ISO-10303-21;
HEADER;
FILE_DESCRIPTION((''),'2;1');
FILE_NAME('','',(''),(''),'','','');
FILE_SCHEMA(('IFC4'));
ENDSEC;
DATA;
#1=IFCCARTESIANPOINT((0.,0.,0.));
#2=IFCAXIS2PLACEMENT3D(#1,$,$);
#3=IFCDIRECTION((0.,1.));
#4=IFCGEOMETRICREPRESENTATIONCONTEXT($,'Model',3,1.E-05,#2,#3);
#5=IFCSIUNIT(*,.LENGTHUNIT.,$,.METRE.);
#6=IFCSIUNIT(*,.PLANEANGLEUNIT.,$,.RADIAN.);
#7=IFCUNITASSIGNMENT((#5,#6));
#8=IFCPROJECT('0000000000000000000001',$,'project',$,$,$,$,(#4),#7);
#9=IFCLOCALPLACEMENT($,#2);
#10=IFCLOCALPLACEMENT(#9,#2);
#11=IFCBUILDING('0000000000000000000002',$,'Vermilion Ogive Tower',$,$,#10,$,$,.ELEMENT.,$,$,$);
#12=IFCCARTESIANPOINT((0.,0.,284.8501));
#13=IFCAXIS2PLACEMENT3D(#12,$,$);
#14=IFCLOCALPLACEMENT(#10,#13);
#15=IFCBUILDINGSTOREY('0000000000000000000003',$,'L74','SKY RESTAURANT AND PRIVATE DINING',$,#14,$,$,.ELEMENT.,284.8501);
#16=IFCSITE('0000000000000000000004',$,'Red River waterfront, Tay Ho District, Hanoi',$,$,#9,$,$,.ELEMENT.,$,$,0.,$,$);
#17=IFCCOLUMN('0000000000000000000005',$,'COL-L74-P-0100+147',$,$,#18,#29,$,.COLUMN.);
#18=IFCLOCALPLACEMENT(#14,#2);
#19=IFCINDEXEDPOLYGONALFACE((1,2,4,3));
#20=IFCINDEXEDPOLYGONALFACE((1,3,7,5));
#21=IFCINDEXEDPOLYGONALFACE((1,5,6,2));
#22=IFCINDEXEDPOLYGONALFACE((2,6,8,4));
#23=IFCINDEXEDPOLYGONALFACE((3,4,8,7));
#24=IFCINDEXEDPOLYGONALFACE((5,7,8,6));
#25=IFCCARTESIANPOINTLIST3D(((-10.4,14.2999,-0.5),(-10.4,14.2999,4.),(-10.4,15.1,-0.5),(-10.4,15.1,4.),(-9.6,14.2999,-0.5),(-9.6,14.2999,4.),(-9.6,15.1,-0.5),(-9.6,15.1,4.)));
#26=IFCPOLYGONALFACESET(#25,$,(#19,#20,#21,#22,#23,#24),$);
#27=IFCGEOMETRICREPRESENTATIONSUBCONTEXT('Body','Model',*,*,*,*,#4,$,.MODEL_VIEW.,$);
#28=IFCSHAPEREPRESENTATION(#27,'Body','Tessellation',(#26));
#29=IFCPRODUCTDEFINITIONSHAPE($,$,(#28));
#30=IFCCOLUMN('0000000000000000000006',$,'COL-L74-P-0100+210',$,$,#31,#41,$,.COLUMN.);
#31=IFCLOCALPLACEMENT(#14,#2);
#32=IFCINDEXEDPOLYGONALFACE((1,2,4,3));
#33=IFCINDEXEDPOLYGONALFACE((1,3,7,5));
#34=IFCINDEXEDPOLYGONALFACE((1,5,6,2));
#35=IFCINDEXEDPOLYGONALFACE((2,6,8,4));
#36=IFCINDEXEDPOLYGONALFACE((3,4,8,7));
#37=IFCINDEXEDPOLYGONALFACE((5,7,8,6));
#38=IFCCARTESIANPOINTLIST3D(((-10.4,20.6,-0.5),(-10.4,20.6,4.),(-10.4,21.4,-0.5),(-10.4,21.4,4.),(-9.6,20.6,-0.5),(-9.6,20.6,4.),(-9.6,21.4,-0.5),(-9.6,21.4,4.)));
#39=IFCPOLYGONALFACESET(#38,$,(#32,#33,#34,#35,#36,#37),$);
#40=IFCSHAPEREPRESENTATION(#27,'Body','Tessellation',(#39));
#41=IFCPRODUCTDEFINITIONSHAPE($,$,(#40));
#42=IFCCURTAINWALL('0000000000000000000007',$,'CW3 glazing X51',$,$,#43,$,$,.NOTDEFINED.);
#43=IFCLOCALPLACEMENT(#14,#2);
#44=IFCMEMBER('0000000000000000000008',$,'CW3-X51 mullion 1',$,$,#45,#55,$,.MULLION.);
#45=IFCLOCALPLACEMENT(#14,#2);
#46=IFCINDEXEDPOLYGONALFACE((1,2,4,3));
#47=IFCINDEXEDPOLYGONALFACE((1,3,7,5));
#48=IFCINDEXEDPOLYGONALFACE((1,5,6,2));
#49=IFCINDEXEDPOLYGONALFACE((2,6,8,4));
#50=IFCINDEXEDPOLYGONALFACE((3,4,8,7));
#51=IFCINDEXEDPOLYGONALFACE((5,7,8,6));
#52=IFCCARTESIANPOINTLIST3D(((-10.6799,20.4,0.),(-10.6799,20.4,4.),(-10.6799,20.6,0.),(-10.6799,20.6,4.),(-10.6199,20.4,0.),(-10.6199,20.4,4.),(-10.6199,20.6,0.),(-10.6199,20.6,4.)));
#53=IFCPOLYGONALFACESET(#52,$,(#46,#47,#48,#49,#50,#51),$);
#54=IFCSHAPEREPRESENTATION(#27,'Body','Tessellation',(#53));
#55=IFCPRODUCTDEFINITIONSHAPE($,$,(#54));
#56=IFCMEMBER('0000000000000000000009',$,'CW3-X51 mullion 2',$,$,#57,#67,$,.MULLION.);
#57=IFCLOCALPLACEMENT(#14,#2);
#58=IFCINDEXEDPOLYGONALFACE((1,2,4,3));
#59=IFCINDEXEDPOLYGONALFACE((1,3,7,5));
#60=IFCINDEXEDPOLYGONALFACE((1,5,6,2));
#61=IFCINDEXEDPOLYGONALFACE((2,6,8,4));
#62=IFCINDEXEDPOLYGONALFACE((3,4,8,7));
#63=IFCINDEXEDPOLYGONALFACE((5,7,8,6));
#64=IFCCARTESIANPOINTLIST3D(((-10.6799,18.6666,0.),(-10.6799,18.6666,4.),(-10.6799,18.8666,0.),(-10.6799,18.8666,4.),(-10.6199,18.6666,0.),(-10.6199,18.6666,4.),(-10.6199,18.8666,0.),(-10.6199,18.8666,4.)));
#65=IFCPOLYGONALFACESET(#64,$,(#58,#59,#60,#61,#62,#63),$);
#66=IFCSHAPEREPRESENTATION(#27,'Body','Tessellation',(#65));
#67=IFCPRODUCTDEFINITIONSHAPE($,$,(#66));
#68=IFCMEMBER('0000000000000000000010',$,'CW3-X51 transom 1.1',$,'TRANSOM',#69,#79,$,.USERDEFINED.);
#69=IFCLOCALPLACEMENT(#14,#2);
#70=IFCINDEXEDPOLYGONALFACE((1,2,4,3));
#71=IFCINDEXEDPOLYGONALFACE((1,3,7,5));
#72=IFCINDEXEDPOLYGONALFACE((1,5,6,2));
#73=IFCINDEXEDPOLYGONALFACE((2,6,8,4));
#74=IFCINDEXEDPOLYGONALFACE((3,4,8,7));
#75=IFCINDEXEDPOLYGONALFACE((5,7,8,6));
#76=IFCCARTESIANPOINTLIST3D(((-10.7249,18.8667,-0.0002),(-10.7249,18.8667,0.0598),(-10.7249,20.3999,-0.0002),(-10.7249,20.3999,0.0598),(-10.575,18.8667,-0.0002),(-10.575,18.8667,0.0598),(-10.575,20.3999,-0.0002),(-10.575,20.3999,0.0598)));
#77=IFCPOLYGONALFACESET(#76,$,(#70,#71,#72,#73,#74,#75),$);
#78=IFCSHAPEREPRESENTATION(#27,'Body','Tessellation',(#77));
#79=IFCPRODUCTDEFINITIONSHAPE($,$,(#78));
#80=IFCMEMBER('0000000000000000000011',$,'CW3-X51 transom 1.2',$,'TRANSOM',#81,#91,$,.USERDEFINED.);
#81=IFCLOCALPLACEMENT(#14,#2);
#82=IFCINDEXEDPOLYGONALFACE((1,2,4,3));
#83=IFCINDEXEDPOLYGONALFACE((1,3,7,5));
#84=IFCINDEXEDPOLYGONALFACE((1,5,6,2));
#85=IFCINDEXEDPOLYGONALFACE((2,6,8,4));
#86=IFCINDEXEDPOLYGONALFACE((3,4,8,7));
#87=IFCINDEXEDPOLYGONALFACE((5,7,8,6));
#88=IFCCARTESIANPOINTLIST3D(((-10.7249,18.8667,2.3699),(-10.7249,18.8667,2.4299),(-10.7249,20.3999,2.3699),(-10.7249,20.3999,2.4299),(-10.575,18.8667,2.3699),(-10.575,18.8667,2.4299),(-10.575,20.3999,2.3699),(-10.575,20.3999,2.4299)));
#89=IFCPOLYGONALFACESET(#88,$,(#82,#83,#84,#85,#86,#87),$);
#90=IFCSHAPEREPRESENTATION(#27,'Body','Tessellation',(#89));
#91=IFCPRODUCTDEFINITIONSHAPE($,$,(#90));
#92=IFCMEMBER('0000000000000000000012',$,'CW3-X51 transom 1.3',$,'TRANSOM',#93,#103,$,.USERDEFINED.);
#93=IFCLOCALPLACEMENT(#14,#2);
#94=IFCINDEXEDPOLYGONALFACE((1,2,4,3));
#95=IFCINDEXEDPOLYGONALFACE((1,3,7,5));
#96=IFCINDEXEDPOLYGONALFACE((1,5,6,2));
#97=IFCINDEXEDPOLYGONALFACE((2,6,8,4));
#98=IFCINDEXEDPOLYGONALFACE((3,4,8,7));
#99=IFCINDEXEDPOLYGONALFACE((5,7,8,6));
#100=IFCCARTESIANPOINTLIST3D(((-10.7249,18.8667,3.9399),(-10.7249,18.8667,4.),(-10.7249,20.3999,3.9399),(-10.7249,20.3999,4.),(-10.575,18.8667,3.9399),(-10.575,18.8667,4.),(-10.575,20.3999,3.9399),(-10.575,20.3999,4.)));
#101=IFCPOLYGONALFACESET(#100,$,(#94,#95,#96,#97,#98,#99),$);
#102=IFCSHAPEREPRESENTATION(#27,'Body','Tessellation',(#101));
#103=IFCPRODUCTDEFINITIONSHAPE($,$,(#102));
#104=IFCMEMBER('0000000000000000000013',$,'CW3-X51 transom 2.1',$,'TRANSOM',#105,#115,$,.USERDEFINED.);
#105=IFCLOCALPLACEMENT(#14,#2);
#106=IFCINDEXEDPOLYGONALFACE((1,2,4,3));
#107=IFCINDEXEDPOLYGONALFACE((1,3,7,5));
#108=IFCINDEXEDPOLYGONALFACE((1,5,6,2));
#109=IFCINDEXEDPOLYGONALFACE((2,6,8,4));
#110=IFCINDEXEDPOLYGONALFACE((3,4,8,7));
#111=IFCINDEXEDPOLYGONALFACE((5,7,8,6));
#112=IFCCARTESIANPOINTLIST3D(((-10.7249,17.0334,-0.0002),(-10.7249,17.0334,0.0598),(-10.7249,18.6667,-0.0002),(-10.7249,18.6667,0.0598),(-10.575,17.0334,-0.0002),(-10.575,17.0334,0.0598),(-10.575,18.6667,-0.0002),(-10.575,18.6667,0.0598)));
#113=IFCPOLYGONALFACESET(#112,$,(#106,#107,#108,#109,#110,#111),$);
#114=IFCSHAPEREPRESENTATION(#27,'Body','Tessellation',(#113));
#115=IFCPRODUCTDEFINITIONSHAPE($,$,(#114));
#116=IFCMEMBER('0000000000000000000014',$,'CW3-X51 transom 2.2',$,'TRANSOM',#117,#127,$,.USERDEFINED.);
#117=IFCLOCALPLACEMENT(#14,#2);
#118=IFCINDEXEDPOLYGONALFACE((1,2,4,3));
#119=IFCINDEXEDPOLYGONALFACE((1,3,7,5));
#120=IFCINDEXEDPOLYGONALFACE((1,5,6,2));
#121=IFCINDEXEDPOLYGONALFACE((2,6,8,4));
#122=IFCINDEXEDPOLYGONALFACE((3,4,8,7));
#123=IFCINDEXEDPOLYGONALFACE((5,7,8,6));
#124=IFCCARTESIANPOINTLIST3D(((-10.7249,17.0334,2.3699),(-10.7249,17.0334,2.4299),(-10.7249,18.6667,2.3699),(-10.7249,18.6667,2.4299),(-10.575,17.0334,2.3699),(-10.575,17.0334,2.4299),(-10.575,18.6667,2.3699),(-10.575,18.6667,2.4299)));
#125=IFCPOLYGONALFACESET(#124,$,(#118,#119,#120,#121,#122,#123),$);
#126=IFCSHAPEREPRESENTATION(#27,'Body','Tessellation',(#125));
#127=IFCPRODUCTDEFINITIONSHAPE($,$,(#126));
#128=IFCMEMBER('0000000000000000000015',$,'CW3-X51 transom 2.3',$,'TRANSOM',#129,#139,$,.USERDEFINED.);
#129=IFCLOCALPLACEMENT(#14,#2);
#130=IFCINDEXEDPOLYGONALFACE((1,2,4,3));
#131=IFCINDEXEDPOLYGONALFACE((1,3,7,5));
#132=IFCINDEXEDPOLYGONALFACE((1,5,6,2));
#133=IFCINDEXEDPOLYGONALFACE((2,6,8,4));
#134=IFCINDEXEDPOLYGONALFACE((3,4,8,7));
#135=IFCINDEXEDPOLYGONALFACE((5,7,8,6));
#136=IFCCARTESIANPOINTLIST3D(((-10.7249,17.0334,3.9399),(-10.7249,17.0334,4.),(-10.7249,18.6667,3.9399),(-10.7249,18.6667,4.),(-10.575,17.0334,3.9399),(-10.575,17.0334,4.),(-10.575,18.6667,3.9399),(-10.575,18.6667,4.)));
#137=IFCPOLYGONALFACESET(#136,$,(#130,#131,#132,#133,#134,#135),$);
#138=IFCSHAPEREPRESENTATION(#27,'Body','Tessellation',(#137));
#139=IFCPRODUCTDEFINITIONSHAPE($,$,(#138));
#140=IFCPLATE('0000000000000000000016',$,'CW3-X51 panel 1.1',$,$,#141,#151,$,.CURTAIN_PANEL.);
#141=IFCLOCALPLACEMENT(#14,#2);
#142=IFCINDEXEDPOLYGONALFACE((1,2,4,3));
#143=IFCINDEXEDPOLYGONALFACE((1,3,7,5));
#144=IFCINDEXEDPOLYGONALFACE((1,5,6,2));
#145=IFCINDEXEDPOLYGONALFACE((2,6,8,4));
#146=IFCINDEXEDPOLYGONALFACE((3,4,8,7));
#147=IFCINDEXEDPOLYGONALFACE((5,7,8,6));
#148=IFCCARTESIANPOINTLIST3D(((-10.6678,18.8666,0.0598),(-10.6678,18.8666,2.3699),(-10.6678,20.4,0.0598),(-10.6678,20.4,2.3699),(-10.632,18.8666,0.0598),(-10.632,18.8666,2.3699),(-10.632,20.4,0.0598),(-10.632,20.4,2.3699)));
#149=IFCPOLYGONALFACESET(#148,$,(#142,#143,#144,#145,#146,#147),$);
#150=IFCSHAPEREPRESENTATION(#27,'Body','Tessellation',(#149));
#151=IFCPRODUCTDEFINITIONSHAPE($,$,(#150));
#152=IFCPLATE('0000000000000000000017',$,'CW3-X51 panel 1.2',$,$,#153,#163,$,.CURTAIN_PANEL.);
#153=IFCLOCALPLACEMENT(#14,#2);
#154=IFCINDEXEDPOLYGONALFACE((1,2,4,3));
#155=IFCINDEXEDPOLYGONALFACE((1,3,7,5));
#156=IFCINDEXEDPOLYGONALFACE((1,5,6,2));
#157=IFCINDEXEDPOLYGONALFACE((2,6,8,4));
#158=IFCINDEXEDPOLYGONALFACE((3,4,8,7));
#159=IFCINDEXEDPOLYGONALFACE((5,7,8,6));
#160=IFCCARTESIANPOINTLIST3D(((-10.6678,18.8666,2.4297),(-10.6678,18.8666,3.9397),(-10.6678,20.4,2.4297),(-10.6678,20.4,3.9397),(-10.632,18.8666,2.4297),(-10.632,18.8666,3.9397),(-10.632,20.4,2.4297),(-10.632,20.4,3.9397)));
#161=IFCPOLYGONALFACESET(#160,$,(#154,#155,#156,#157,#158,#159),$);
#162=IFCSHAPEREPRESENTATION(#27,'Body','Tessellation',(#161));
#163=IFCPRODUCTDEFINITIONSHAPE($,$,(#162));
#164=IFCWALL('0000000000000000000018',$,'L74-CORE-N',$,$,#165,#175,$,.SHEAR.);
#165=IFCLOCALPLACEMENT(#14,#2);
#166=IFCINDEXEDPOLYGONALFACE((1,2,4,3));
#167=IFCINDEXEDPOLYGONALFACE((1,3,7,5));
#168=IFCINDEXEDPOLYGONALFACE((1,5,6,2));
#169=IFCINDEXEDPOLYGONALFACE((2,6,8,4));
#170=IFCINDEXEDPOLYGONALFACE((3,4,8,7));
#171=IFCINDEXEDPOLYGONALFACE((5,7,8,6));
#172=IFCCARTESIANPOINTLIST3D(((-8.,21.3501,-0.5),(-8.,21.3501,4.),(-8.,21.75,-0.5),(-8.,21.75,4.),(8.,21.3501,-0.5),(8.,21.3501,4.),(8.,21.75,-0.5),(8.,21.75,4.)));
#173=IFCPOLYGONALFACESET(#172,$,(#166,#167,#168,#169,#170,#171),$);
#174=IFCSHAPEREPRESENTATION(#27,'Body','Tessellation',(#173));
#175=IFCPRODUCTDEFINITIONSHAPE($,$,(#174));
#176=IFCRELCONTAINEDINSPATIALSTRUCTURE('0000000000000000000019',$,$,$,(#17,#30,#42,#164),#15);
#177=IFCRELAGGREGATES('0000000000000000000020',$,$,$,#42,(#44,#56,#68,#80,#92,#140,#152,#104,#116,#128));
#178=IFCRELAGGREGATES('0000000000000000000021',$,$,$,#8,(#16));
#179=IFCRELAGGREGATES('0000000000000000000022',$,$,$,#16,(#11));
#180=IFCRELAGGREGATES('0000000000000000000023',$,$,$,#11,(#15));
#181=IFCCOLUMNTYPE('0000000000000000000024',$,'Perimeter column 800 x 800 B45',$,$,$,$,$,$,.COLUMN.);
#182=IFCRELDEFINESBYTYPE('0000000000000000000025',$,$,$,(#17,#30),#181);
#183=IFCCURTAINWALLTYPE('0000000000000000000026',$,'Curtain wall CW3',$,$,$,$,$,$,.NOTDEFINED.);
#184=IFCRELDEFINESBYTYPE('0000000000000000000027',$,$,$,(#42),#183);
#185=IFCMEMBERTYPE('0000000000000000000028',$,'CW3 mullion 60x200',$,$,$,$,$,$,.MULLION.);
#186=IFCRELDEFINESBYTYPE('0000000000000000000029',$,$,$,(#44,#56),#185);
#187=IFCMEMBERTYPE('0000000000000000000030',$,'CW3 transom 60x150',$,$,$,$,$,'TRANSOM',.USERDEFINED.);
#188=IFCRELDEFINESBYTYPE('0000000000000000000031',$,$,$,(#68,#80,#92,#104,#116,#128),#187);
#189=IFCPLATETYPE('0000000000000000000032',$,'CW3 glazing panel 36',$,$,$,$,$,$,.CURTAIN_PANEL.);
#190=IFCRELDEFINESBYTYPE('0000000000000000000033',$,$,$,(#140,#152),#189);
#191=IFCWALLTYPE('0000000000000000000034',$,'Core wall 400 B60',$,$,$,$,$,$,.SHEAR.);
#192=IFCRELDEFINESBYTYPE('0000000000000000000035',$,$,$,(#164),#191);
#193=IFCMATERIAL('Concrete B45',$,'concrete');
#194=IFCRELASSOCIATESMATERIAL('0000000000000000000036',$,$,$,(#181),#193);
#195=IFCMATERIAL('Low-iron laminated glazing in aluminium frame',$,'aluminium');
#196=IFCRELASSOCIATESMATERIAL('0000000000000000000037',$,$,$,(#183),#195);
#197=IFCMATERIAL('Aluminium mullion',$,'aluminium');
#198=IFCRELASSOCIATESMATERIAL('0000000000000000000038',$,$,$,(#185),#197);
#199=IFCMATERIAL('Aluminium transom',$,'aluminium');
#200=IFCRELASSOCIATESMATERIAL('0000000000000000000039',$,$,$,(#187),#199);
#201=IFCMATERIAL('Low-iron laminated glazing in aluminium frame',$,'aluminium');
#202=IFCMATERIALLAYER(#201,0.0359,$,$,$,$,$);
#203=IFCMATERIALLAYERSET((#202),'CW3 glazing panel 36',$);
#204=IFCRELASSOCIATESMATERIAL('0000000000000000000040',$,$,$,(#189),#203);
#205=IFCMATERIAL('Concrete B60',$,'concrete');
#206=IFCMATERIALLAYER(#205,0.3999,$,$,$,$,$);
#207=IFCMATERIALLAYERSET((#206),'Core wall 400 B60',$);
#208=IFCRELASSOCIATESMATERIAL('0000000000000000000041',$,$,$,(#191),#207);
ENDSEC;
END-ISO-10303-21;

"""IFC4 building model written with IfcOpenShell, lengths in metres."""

from ifc_helpers import new_model, si_unit, direction, frame, frame_2d, origin, origin_2d, place, context, subcontext, project, spatial, rectangle, extrude, material, layer, layer_set, material_profile, profile_set, type_object, element, aggregate, save


model = new_model("IFC4")

# Units and contexts
model_context = context("Model", 3, precision=1e-05, world=origin(), true_north=direction((0.0, 1.0)))
body_context = subcontext(model_context, "Body", "Model", "MODEL_VIEW")
ifc_project = project(units=[si_unit("LENGTHUNIT", "METRE"), si_unit("PLANEANGLEUNIT", "RADIAN")], contexts=[model_context])

# Site, building, storey
site_placement = place(None, origin())
site = spatial("IfcSite", under=ifc_project, at=site_placement, Name="Red River waterfront, Tay Ho District, Hanoi", CompositionType="ELEMENT", RefElevation=0.0)
building_placement = place(site_placement, origin())
building = spatial("IfcBuilding", under=site, at=building_placement, Name="Vermilion Ogive Tower", CompositionType="ELEMENT")
storey_placement = place(building_placement, frame((0.0, 0.0, 284.8501)))
storey = spatial("IfcBuildingStorey", under=building, at=storey_placement, Name="L74", Description="SKY RESTAURANT AND PRIVATE DINING", CompositionType="ELEMENT", Elevation=284.8501)

# Columns
ifc_material_1 = material(Name="Concrete B45", Category="concrete")
ifc_material_profile_1 = material_profile(ifc_material_1, rectangle(XDim=0.8, YDim=0.8, at=origin_2d()), Name="800 x 800")
ifc_profile_set_1 = profile_set([ifc_material_profile_1], Name="Concrete B45")
column_type = type_object("IfcColumnType", Name="Perimeter column 800 x 800 B45", PredefinedType="COLUMN", material=ifc_profile_set_1)
for number, where, z_axis, x_axis, name in (
    (1, (-10.0, 14.7, -0.5), (0.0, 0.0, 1.0), (1.0, 0.0, 0.0), "COL-L74-P-0100+147"),
    (2, (-10.0, 21.0, -0.5), (0.0, 0.0, 1.0), (1.0, 0.0, 0.0), "COL-L74-P-0100+210"),
):
    element("IfcColumn", number, at=place(storey_placement, frame(where, z_axis=z_axis, x_axis=x_axis)), inside=storey, type_object=column_type, Name=name, PredefinedType="COLUMN", context=body_context, shape_type="SweptSolid", body=[
        extrude(rectangle(XDim=0.8, YDim=0.8, at=origin_2d()), origin(), (0.0, 0.0, 1.0), 4.5),
    ])

# Curtain wall, members, plates
ifc_material_2 = material(Name="Low-iron laminated glazing in aluminium frame", Category="aluminium")
curtain_wall_type = type_object("IfcCurtainWallType", Name="Curtain wall CW3", PredefinedType="NOTDEFINED", material=ifc_material_2)
curtain_wall_placement = place(storey_placement, origin())
curtain_wall = element("IfcCurtainWall", 3, at=curtain_wall_placement, inside=storey, type_object=curtain_wall_type, Name="CW3 glazing X51", PredefinedType="NOTDEFINED")
ifc_material_3 = material(Name="Aluminium mullion", Category="aluminium")
ifc_material_profile_2 = material_profile(ifc_material_3, rectangle(XDim=0.0601, YDim=0.2, at=origin_2d()), Name="AL 60x200")
ifc_profile_set_2 = profile_set([ifc_material_profile_2], Name="Aluminium mullion")
member_type_1 = type_object("IfcMemberType", Name="CW3 mullion 60x200", PredefinedType="MULLION", material=ifc_profile_set_2)
member_1_placement = place(storey_placement, frame((-10.6499, 20.5, 0.0), z_axis=(0.0, 0.0, 1.0), x_axis=(1.0, 0.0, 0.0)))
member_1 = element("IfcMember", 4, at=member_1_placement, type_object=member_type_1, Name="CW3-X51 mullion 1", PredefinedType="MULLION", context=body_context, shape_type="SweptSolid", body=[
    extrude(rectangle(XDim=0.0601, YDim=0.2, at=origin_2d()), origin(), (0.0, 0.0, 1.0), 4.0),
])
member_2_placement = place(storey_placement, frame((-10.6499, 18.7666, 0.0), z_axis=(0.0, 0.0, 1.0), x_axis=(1.0, 0.0, 0.0)))
member_2 = element("IfcMember", 5, at=member_2_placement, type_object=member_type_1, Name="CW3-X51 mullion 2", PredefinedType="MULLION", context=body_context, shape_type="SweptSolid", body=[
    extrude(rectangle(XDim=0.0601, YDim=0.2, at=origin_2d()), origin(), (0.0, 0.0, 1.0), 4.0),
])
ifc_material_4 = material(Name="Aluminium transom", Category="aluminium")
ifc_material_profile_3 = material_profile(ifc_material_4, rectangle(XDim=0.1499, YDim=0.0601, at=origin_2d()), Name="AL 60x150")
ifc_profile_set_3 = profile_set([ifc_material_profile_3], Name="Aluminium transom")
member_type_2 = type_object("IfcMemberType", Name="CW3 transom 60x150", ElementType="TRANSOM", PredefinedType="USERDEFINED", material=ifc_profile_set_3)
member_3_placement = place(storey_placement, frame((-10.6499, 20.3999, 0.0298), z_axis=(0.0, -1.0, 0.0), x_axis=(1.0, 0.0, 0.0)))
member_3 = element("IfcMember", 6, at=member_3_placement, type_object=member_type_2, Name="CW3-X51 transom 1.1", ObjectType="TRANSOM", PredefinedType="USERDEFINED", context=body_context, shape_type="SweptSolid", body=[
    extrude(rectangle(XDim=0.1499, YDim=0.0601, at=origin_2d()), origin(), (0.0, 0.0, 1.0), 1.5332),
])
member_4_placement = place(storey_placement, frame((-10.6499, 20.3999, 2.3999), z_axis=(0.0, -1.0, 0.0), x_axis=(1.0, 0.0, 0.0)))
member_4 = element("IfcMember", 7, at=member_4_placement, type_object=member_type_2, Name="CW3-X51 transom 1.2", ObjectType="TRANSOM", PredefinedType="USERDEFINED", context=body_context, shape_type="SweptSolid", body=[
    extrude(rectangle(XDim=0.1499, YDim=0.0601, at=origin_2d()), origin(), (0.0, 0.0, 1.0), 1.5332),
])
member_5_placement = place(storey_placement, frame((-10.6499, 20.3999, 3.97), z_axis=(0.0, -1.0, 0.0), x_axis=(1.0, 0.0, 0.0)))
member_5 = element("IfcMember", 8, at=member_5_placement, type_object=member_type_2, Name="CW3-X51 transom 1.3", ObjectType="TRANSOM", PredefinedType="USERDEFINED", context=body_context, shape_type="SweptSolid", body=[
    extrude(rectangle(XDim=0.1499, YDim=0.0601, at=origin_2d()), origin(), (0.0, 0.0, 1.0), 1.5332),
])
member_6_placement = place(storey_placement, frame((-10.6499, 18.6667, 0.0298), z_axis=(0.0, -1.0, 0.0), x_axis=(1.0, 0.0, 0.0)))
member_6 = element("IfcMember", 9, at=member_6_placement, type_object=member_type_2, Name="CW3-X51 transom 2.1", ObjectType="TRANSOM", PredefinedType="USERDEFINED", context=body_context, shape_type="SweptSolid", body=[
    extrude(rectangle(XDim=0.1499, YDim=0.0601, at=origin_2d()), origin(), (0.0, 0.0, 1.0), 1.6333),
])
member_7_placement = place(storey_placement, frame((-10.6499, 18.6667, 2.3999), z_axis=(0.0, -1.0, 0.0), x_axis=(1.0, 0.0, 0.0)))
member_7 = element("IfcMember", 10, at=member_7_placement, type_object=member_type_2, Name="CW3-X51 transom 2.2", ObjectType="TRANSOM", PredefinedType="USERDEFINED", context=body_context, shape_type="SweptSolid", body=[
    extrude(rectangle(XDim=0.1499, YDim=0.0601, at=origin_2d()), origin(), (0.0, 0.0, 1.0), 1.6333),
])
member_8_placement = place(storey_placement, frame((-10.6499, 18.6667, 3.97), z_axis=(0.0, -1.0, 0.0), x_axis=(1.0, 0.0, 0.0)))
member_8 = element("IfcMember", 11, at=member_8_placement, type_object=member_type_2, Name="CW3-X51 transom 2.3", ObjectType="TRANSOM", PredefinedType="USERDEFINED", context=body_context, shape_type="SweptSolid", body=[
    extrude(rectangle(XDim=0.1499, YDim=0.0601, at=origin_2d()), origin(), (0.0, 0.0, 1.0), 1.6333),
])
ifc_material_5 = material(Name="Low-iron laminated glazing in aluminium frame", Category="aluminium")
ifc_layer_1 = layer(ifc_material_5, 0.0359)
ifc_layer_set_1 = layer_set([ifc_layer_1], Name="CW3 glazing panel 36")
plate_type = type_object("IfcPlateType", Name="CW3 glazing panel 36", PredefinedType="CURTAIN_PANEL", material=ifc_layer_set_1)
plate_1_placement = place(storey_placement, frame((-10.6499, 19.6333, 0.0598), z_axis=(0.0, 0.0, 1.0), x_axis=(0.0, -1.0, 0.0)))
plate_1 = element("IfcPlate", 12, at=plate_1_placement, type_object=plate_type, Name="CW3-X51 panel 1.1", PredefinedType="CURTAIN_PANEL", context=body_context, shape_type="SweptSolid", body=[
    extrude(rectangle(XDim=1.5334, YDim=0.0359, at=origin_2d()), origin(), (0.0, 0.0, 1.0), 2.3101),
])
plate_2_placement = place(storey_placement, frame((-10.6499, 19.6333, 2.4297), z_axis=(0.0, 0.0, 1.0), x_axis=(0.0, -1.0, 0.0)))
plate_2 = element("IfcPlate", 13, at=plate_2_placement, type_object=plate_type, Name="CW3-X51 panel 1.2", PredefinedType="CURTAIN_PANEL", context=body_context, shape_type="SweptSolid", body=[
    extrude(rectangle(XDim=1.5334, YDim=0.0359, at=origin_2d()), origin(), (0.0, 0.0, 1.0), 1.51),
])
aggregate(curtain_wall, [member_1, member_2, member_3, member_4, member_5, plate_1, plate_2, member_6, member_7, member_8])

# Wall
ifc_material_6 = material(Name="Concrete B60", Category="concrete")
ifc_layer_2 = layer(ifc_material_6, 0.3999)
ifc_layer_set_2 = layer_set([ifc_layer_2], Name="Core wall 400 B60")
wall_type_1 = type_object("IfcWallType", Name="Core wall 400 B60", PredefinedType="SHEAR", material=ifc_layer_set_2)
wall_1_placement = place(storey_placement, frame((-8.0, 21.55, -0.5), z_axis=(0.0, 0.0, 1.0), x_axis=(1.0, 0.0, 0.0)))
element("IfcWall", 14, at=wall_1_placement, inside=storey, type_object=wall_type_1, Name="L74-CORE-N", PredefinedType="SHEAR", context=body_context, shape_type="SweptSolid", body=[
    extrude(rectangle(XDim=16.0, YDim=0.3999, at=frame_2d((8.0, 0.0))), origin(), (0.0, 0.0, 1.0), 4.5),
])

save(model, "model.ifc")
